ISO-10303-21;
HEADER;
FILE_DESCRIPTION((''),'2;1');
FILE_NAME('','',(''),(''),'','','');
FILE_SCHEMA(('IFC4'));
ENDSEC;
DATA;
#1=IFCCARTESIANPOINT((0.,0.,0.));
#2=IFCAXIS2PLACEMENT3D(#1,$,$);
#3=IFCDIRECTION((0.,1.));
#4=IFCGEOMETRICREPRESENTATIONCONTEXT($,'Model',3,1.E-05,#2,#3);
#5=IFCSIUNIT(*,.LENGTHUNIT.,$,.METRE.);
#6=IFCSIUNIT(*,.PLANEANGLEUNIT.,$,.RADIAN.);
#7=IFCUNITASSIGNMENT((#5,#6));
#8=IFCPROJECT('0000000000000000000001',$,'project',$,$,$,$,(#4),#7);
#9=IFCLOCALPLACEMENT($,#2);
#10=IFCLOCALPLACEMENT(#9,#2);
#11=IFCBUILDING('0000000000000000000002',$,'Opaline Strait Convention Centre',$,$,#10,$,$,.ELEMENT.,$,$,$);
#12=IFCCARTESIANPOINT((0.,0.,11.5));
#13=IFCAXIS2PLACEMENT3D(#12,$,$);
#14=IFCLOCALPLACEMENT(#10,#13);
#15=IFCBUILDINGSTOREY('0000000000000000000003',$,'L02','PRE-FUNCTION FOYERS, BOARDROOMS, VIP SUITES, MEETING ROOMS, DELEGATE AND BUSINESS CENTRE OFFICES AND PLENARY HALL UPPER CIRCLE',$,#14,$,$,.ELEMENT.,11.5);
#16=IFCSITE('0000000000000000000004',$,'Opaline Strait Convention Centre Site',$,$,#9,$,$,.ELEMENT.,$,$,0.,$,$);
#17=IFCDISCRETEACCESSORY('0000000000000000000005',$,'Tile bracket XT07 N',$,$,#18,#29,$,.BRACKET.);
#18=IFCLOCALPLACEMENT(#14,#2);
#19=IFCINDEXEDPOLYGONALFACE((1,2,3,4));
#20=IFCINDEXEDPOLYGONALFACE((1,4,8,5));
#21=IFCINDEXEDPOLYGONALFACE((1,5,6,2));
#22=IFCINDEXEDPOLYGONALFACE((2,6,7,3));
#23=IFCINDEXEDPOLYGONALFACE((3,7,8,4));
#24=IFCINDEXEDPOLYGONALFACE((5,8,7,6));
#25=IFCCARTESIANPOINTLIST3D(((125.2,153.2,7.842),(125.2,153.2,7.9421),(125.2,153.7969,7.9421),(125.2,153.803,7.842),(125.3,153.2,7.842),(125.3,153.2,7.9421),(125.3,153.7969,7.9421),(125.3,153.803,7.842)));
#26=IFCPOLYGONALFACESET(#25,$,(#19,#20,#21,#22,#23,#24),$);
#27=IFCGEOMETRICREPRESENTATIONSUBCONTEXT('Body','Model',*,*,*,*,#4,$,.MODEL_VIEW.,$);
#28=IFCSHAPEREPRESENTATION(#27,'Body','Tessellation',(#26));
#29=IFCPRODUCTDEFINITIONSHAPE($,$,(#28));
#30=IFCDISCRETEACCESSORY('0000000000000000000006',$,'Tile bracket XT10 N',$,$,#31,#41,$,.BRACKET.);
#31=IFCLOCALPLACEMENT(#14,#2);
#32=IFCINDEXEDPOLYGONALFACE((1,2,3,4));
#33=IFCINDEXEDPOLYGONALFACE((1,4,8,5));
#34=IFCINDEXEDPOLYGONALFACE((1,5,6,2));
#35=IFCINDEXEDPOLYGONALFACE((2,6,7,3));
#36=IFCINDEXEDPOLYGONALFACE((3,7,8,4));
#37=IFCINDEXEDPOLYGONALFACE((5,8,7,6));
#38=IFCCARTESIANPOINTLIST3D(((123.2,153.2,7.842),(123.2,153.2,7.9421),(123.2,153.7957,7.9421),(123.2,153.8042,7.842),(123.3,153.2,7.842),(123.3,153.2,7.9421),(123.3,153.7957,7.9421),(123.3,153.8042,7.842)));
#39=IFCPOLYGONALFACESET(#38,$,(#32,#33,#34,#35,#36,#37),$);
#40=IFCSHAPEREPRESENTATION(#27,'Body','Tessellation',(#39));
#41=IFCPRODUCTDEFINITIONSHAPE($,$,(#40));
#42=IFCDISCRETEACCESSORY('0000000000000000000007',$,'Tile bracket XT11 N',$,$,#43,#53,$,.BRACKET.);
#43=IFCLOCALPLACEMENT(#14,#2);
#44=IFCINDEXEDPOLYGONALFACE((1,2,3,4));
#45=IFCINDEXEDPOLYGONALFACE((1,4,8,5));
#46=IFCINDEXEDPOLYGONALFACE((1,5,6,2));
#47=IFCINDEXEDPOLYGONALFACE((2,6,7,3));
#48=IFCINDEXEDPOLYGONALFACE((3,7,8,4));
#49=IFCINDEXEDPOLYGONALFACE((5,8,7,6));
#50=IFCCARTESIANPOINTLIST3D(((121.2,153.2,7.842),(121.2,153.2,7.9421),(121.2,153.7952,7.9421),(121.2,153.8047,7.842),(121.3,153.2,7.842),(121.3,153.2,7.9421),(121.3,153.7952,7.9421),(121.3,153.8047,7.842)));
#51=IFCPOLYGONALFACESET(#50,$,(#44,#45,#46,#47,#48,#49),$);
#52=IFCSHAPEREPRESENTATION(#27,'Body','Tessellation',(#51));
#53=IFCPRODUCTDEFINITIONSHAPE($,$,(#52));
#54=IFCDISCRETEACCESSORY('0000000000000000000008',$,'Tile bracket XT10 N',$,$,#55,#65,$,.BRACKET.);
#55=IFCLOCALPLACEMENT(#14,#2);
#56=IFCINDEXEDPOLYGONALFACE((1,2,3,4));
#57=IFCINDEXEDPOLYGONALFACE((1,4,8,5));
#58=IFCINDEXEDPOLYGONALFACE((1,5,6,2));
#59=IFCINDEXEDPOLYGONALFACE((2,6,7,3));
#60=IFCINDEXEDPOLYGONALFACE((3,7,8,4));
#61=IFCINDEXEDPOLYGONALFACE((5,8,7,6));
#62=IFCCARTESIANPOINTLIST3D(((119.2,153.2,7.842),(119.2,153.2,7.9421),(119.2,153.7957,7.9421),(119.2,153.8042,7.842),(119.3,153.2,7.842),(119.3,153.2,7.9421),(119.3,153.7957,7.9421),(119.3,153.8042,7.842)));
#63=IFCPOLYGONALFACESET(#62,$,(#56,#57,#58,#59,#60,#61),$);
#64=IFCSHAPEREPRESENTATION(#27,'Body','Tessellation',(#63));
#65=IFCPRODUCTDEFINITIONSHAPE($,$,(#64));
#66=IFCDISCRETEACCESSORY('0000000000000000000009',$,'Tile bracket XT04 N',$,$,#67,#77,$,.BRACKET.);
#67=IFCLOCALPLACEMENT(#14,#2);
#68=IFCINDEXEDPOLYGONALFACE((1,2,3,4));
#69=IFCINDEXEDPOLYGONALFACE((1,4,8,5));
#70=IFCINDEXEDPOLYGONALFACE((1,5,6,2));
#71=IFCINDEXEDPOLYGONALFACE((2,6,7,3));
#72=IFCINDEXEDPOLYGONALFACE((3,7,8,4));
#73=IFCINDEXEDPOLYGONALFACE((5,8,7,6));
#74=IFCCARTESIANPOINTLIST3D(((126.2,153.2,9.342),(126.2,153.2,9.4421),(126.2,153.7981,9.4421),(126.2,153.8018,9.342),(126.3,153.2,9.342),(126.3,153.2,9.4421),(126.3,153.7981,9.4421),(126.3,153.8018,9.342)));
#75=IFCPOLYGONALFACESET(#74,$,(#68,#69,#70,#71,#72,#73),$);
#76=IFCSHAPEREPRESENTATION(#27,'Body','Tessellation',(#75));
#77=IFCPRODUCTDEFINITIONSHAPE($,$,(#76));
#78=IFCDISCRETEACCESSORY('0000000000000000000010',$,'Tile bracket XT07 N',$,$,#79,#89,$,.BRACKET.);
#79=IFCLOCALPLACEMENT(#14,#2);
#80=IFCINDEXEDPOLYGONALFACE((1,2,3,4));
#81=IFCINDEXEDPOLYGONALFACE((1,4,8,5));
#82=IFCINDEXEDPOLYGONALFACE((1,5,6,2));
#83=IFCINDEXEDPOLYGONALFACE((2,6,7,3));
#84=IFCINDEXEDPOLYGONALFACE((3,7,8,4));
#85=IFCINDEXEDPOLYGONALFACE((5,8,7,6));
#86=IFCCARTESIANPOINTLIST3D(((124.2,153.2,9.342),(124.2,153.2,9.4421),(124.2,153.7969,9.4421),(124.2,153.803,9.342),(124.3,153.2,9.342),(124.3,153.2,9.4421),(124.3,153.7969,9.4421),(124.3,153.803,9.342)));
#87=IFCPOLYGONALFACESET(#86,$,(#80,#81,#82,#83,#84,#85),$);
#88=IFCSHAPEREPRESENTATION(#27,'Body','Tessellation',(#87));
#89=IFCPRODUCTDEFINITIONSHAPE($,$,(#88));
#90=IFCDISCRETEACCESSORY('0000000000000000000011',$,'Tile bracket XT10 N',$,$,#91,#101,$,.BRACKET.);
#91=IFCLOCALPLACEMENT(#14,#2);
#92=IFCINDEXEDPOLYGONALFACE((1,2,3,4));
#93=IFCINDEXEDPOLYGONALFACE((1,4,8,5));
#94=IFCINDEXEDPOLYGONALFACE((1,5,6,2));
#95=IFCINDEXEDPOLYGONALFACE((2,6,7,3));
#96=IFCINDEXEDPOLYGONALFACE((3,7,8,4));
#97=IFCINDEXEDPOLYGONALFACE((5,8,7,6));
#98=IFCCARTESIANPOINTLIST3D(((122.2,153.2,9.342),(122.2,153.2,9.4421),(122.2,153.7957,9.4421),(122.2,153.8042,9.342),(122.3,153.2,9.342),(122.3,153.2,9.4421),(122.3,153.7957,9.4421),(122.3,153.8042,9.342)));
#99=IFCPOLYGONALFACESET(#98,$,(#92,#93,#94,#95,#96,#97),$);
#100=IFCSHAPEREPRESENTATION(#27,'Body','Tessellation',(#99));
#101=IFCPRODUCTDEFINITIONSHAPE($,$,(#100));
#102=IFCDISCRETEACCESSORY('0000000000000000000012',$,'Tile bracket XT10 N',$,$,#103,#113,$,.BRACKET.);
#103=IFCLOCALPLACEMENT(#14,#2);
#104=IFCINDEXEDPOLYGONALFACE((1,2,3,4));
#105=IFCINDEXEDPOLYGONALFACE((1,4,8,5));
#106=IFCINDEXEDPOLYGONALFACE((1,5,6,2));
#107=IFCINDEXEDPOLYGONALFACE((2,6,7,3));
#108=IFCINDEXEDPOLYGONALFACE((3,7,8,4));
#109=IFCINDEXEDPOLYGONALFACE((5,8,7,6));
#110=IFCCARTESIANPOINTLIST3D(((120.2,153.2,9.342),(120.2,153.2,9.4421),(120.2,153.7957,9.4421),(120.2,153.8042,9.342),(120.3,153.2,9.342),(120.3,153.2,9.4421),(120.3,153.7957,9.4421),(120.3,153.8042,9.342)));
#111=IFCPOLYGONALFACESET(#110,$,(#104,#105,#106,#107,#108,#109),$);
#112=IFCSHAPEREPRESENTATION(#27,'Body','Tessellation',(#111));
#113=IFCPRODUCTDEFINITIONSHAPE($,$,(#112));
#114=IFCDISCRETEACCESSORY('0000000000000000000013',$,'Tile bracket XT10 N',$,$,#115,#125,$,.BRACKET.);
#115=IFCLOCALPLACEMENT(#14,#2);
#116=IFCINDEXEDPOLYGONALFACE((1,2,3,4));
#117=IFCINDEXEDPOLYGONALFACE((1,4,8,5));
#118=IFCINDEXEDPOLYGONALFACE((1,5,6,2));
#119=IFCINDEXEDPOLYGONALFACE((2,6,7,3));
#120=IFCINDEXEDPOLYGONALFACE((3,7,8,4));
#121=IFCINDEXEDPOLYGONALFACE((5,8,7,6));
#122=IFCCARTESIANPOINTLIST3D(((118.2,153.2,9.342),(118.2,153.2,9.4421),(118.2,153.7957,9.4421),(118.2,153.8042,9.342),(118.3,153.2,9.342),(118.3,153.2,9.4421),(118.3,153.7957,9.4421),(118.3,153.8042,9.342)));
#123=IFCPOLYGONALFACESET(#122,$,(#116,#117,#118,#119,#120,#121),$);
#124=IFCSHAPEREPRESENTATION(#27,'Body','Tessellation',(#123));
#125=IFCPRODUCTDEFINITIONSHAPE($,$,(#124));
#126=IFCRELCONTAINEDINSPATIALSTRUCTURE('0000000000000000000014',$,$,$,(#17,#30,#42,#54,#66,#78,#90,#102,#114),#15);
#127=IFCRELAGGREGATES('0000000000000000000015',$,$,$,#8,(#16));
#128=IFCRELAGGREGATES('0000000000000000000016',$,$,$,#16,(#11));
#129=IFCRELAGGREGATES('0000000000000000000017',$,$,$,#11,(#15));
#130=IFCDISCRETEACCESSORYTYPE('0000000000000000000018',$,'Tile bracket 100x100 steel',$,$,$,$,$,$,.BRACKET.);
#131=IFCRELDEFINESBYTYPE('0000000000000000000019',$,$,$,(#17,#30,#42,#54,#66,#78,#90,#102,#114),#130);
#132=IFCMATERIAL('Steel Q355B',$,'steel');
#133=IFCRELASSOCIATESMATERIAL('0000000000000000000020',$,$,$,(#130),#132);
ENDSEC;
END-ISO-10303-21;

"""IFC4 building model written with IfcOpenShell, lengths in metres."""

from ifc_helpers import new_model, si_unit, direction, frame, origin, place, context, subcontext, project, spatial, polyline, outline, extrude, material, type_object, element, save


model = new_model("IFC4")

# Units and contexts
model_context = context("Model", 3, precision=1e-05, world=origin(), true_north=direction((0.0, 1.0)))
body_context = subcontext(model_context, "Body", "Model", "MODEL_VIEW")
ifc_project = project(units=[si_unit("LENGTHUNIT", "METRE"), si_unit("PLANEANGLEUNIT", "RADIAN")], contexts=[model_context])

# Site, building, storey
site_placement = place(None, origin())
site = spatial("IfcSite", under=ifc_project, at=site_placement, Name="Opaline Strait Convention Centre Site", CompositionType="ELEMENT", RefElevation=0.0)
building_placement = place(site_placement, origin())
building = spatial("IfcBuilding", under=site, at=building_placement, Name="Opaline Strait Convention Centre", CompositionType="ELEMENT")
storey_placement = place(building_placement, frame((0.0, 0.0, 11.5)))
storey = spatial("IfcBuildingStorey", under=building, at=storey_placement, Name="L02", Description="PRE-FUNCTION FOYERS, BOARDROOMS, VIP SUITES, MEETING ROOMS, DELEGATE AND BUSINESS CENTRE OFFICES AND PLENARY HALL UPPER CIRCLE", CompositionType="ELEMENT", Elevation=11.5)

# Discrete accessories
ifc_material_1 = material(Name="Steel Q355B", Category="steel")
discrete_accessory_type = type_object("IfcDiscreteAccessoryType", Name="Tile bracket 100x100 steel", PredefinedType="BRACKET", material=ifc_material_1)
discrete_accessory_1_placement = place(storey_placement, frame((125.3, 153.2, 7.8921), z_axis=(-1.0, 0.0, 0.0), x_axis=(0.0, -1.0, 0.0)))
element("IfcDiscreteAccessory", 1, at=discrete_accessory_1_placement, inside=storey, type_object=discrete_accessory_type, Name="Tile bracket XT07 N", PredefinedType="BRACKET", context=body_context, shape_type="SweptSolid", body=[
    extrude(outline(polyline([(0.0, -0.05), (0.0, 0.05), (-0.5969, 0.05), (-0.603, -0.05), (0.0, -0.05)])), origin(), (0.0, 0.0, 1.0), 0.1001),
])
discrete_accessory_2_placement = place(storey_placement, frame((123.3, 153.2, 7.8921), z_axis=(-1.0, 0.0, 0.0), x_axis=(0.0, -1.0, 0.0)))
element("IfcDiscreteAccessory", 2, at=discrete_accessory_2_placement, inside=storey, type_object=discrete_accessory_type, Name="Tile bracket XT10 N", PredefinedType="BRACKET", context=body_context, shape_type="SweptSolid", body=[
    extrude(outline(polyline([(0.0, -0.05), (0.0, 0.05), (-0.5957, 0.05), (-0.6042, -0.05), (0.0, -0.05)])), origin(), (0.0, 0.0, 1.0), 0.1001),
])
discrete_accessory_3_placement = place(storey_placement, frame((121.3, 153.2, 7.8921), z_axis=(-1.0, 0.0, 0.0), x_axis=(0.0, -1.0, 0.0)))
element("IfcDiscreteAccessory", 3, at=discrete_accessory_3_placement, inside=storey, type_object=discrete_accessory_type, Name="Tile bracket XT11 N", PredefinedType="BRACKET", context=body_context, shape_type="SweptSolid", body=[
    extrude(outline(polyline([(0.0, -0.05), (0.0, 0.05), (-0.5952, 0.05), (-0.6047, -0.05), (0.0, -0.05)])), origin(), (0.0, 0.0, 1.0), 0.1001),
])
discrete_accessory_4_placement = place(storey_placement, frame((119.3, 153.2, 7.8921), z_axis=(-1.0, 0.0, 0.0), x_axis=(0.0, -1.0, 0.0)))
element("IfcDiscreteAccessory", 4, at=discrete_accessory_4_placement, inside=storey, type_object=discrete_accessory_type, Name="Tile bracket XT10 N", PredefinedType="BRACKET", context=body_context, shape_type="SweptSolid", body=[
    extrude(outline(polyline([(0.0, -0.05), (0.0, 0.05), (-0.5957, 0.05), (-0.6042, -0.05), (0.0, -0.05)])), origin(), (0.0, 0.0, 1.0), 0.1001),
])
discrete_accessory_5_placement = place(storey_placement, frame((126.3, 153.2, 9.3921), z_axis=(-1.0, 0.0, 0.0), x_axis=(0.0, -1.0, 0.0)))
element("IfcDiscreteAccessory", 5, at=discrete_accessory_5_placement, inside=storey, type_object=discrete_accessory_type, Name="Tile bracket XT04 N", PredefinedType="BRACKET", context=body_context, shape_type="SweptSolid", body=[
    extrude(outline(polyline([(0.0, -0.05), (0.0, 0.05), (-0.5981, 0.05), (-0.6018, -0.05), (0.0, -0.05)])), origin(), (0.0, 0.0, 1.0), 0.1001),
])
discrete_accessory_6_placement = place(storey_placement, frame((124.3, 153.2, 9.3921), z_axis=(-1.0, 0.0, 0.0), x_axis=(0.0, -1.0, 0.0)))
element("IfcDiscreteAccessory", 6, at=discrete_accessory_6_placement, inside=storey, type_object=discrete_accessory_type, Name="Tile bracket XT07 N", PredefinedType="BRACKET", context=body_context, shape_type="SweptSolid", body=[
    extrude(outline(polyline([(0.0, -0.05), (0.0, 0.05), (-0.5969, 0.05), (-0.603, -0.05), (0.0, -0.05)])), origin(), (0.0, 0.0, 1.0), 0.1001),
])
for number, where, z_axis, x_axis, name in (
    (7, (122.3, 153.2, 9.3921), (-1.0, 0.0, 0.0), (0.0, -1.0, 0.0), "Tile bracket XT10 N"),
    (8, (120.3, 153.2, 9.3921), (-1.0, 0.0, 0.0), (0.0, -1.0, 0.0), "Tile bracket XT10 N"),
    (9, (118.3, 153.2, 9.3921), (-1.0, 0.0, 0.0), (0.0, -1.0, 0.0), "Tile bracket XT10 N"),
):
    element("IfcDiscreteAccessory", number, at=place(storey_placement, frame(where, z_axis=z_axis, x_axis=x_axis)), inside=storey, type_object=discrete_accessory_type, Name=name, PredefinedType="BRACKET", context=body_context, shape_type="SweptSolid", body=[
        extrude(outline(polyline([(0.0, -0.05), (0.0, 0.05), (-0.5957, 0.05), (-0.6042, -0.05), (0.0, -0.05)])), origin(), (0.0, 0.0, 1.0), 0.1001),
    ])

save(model, "model.ifc")
